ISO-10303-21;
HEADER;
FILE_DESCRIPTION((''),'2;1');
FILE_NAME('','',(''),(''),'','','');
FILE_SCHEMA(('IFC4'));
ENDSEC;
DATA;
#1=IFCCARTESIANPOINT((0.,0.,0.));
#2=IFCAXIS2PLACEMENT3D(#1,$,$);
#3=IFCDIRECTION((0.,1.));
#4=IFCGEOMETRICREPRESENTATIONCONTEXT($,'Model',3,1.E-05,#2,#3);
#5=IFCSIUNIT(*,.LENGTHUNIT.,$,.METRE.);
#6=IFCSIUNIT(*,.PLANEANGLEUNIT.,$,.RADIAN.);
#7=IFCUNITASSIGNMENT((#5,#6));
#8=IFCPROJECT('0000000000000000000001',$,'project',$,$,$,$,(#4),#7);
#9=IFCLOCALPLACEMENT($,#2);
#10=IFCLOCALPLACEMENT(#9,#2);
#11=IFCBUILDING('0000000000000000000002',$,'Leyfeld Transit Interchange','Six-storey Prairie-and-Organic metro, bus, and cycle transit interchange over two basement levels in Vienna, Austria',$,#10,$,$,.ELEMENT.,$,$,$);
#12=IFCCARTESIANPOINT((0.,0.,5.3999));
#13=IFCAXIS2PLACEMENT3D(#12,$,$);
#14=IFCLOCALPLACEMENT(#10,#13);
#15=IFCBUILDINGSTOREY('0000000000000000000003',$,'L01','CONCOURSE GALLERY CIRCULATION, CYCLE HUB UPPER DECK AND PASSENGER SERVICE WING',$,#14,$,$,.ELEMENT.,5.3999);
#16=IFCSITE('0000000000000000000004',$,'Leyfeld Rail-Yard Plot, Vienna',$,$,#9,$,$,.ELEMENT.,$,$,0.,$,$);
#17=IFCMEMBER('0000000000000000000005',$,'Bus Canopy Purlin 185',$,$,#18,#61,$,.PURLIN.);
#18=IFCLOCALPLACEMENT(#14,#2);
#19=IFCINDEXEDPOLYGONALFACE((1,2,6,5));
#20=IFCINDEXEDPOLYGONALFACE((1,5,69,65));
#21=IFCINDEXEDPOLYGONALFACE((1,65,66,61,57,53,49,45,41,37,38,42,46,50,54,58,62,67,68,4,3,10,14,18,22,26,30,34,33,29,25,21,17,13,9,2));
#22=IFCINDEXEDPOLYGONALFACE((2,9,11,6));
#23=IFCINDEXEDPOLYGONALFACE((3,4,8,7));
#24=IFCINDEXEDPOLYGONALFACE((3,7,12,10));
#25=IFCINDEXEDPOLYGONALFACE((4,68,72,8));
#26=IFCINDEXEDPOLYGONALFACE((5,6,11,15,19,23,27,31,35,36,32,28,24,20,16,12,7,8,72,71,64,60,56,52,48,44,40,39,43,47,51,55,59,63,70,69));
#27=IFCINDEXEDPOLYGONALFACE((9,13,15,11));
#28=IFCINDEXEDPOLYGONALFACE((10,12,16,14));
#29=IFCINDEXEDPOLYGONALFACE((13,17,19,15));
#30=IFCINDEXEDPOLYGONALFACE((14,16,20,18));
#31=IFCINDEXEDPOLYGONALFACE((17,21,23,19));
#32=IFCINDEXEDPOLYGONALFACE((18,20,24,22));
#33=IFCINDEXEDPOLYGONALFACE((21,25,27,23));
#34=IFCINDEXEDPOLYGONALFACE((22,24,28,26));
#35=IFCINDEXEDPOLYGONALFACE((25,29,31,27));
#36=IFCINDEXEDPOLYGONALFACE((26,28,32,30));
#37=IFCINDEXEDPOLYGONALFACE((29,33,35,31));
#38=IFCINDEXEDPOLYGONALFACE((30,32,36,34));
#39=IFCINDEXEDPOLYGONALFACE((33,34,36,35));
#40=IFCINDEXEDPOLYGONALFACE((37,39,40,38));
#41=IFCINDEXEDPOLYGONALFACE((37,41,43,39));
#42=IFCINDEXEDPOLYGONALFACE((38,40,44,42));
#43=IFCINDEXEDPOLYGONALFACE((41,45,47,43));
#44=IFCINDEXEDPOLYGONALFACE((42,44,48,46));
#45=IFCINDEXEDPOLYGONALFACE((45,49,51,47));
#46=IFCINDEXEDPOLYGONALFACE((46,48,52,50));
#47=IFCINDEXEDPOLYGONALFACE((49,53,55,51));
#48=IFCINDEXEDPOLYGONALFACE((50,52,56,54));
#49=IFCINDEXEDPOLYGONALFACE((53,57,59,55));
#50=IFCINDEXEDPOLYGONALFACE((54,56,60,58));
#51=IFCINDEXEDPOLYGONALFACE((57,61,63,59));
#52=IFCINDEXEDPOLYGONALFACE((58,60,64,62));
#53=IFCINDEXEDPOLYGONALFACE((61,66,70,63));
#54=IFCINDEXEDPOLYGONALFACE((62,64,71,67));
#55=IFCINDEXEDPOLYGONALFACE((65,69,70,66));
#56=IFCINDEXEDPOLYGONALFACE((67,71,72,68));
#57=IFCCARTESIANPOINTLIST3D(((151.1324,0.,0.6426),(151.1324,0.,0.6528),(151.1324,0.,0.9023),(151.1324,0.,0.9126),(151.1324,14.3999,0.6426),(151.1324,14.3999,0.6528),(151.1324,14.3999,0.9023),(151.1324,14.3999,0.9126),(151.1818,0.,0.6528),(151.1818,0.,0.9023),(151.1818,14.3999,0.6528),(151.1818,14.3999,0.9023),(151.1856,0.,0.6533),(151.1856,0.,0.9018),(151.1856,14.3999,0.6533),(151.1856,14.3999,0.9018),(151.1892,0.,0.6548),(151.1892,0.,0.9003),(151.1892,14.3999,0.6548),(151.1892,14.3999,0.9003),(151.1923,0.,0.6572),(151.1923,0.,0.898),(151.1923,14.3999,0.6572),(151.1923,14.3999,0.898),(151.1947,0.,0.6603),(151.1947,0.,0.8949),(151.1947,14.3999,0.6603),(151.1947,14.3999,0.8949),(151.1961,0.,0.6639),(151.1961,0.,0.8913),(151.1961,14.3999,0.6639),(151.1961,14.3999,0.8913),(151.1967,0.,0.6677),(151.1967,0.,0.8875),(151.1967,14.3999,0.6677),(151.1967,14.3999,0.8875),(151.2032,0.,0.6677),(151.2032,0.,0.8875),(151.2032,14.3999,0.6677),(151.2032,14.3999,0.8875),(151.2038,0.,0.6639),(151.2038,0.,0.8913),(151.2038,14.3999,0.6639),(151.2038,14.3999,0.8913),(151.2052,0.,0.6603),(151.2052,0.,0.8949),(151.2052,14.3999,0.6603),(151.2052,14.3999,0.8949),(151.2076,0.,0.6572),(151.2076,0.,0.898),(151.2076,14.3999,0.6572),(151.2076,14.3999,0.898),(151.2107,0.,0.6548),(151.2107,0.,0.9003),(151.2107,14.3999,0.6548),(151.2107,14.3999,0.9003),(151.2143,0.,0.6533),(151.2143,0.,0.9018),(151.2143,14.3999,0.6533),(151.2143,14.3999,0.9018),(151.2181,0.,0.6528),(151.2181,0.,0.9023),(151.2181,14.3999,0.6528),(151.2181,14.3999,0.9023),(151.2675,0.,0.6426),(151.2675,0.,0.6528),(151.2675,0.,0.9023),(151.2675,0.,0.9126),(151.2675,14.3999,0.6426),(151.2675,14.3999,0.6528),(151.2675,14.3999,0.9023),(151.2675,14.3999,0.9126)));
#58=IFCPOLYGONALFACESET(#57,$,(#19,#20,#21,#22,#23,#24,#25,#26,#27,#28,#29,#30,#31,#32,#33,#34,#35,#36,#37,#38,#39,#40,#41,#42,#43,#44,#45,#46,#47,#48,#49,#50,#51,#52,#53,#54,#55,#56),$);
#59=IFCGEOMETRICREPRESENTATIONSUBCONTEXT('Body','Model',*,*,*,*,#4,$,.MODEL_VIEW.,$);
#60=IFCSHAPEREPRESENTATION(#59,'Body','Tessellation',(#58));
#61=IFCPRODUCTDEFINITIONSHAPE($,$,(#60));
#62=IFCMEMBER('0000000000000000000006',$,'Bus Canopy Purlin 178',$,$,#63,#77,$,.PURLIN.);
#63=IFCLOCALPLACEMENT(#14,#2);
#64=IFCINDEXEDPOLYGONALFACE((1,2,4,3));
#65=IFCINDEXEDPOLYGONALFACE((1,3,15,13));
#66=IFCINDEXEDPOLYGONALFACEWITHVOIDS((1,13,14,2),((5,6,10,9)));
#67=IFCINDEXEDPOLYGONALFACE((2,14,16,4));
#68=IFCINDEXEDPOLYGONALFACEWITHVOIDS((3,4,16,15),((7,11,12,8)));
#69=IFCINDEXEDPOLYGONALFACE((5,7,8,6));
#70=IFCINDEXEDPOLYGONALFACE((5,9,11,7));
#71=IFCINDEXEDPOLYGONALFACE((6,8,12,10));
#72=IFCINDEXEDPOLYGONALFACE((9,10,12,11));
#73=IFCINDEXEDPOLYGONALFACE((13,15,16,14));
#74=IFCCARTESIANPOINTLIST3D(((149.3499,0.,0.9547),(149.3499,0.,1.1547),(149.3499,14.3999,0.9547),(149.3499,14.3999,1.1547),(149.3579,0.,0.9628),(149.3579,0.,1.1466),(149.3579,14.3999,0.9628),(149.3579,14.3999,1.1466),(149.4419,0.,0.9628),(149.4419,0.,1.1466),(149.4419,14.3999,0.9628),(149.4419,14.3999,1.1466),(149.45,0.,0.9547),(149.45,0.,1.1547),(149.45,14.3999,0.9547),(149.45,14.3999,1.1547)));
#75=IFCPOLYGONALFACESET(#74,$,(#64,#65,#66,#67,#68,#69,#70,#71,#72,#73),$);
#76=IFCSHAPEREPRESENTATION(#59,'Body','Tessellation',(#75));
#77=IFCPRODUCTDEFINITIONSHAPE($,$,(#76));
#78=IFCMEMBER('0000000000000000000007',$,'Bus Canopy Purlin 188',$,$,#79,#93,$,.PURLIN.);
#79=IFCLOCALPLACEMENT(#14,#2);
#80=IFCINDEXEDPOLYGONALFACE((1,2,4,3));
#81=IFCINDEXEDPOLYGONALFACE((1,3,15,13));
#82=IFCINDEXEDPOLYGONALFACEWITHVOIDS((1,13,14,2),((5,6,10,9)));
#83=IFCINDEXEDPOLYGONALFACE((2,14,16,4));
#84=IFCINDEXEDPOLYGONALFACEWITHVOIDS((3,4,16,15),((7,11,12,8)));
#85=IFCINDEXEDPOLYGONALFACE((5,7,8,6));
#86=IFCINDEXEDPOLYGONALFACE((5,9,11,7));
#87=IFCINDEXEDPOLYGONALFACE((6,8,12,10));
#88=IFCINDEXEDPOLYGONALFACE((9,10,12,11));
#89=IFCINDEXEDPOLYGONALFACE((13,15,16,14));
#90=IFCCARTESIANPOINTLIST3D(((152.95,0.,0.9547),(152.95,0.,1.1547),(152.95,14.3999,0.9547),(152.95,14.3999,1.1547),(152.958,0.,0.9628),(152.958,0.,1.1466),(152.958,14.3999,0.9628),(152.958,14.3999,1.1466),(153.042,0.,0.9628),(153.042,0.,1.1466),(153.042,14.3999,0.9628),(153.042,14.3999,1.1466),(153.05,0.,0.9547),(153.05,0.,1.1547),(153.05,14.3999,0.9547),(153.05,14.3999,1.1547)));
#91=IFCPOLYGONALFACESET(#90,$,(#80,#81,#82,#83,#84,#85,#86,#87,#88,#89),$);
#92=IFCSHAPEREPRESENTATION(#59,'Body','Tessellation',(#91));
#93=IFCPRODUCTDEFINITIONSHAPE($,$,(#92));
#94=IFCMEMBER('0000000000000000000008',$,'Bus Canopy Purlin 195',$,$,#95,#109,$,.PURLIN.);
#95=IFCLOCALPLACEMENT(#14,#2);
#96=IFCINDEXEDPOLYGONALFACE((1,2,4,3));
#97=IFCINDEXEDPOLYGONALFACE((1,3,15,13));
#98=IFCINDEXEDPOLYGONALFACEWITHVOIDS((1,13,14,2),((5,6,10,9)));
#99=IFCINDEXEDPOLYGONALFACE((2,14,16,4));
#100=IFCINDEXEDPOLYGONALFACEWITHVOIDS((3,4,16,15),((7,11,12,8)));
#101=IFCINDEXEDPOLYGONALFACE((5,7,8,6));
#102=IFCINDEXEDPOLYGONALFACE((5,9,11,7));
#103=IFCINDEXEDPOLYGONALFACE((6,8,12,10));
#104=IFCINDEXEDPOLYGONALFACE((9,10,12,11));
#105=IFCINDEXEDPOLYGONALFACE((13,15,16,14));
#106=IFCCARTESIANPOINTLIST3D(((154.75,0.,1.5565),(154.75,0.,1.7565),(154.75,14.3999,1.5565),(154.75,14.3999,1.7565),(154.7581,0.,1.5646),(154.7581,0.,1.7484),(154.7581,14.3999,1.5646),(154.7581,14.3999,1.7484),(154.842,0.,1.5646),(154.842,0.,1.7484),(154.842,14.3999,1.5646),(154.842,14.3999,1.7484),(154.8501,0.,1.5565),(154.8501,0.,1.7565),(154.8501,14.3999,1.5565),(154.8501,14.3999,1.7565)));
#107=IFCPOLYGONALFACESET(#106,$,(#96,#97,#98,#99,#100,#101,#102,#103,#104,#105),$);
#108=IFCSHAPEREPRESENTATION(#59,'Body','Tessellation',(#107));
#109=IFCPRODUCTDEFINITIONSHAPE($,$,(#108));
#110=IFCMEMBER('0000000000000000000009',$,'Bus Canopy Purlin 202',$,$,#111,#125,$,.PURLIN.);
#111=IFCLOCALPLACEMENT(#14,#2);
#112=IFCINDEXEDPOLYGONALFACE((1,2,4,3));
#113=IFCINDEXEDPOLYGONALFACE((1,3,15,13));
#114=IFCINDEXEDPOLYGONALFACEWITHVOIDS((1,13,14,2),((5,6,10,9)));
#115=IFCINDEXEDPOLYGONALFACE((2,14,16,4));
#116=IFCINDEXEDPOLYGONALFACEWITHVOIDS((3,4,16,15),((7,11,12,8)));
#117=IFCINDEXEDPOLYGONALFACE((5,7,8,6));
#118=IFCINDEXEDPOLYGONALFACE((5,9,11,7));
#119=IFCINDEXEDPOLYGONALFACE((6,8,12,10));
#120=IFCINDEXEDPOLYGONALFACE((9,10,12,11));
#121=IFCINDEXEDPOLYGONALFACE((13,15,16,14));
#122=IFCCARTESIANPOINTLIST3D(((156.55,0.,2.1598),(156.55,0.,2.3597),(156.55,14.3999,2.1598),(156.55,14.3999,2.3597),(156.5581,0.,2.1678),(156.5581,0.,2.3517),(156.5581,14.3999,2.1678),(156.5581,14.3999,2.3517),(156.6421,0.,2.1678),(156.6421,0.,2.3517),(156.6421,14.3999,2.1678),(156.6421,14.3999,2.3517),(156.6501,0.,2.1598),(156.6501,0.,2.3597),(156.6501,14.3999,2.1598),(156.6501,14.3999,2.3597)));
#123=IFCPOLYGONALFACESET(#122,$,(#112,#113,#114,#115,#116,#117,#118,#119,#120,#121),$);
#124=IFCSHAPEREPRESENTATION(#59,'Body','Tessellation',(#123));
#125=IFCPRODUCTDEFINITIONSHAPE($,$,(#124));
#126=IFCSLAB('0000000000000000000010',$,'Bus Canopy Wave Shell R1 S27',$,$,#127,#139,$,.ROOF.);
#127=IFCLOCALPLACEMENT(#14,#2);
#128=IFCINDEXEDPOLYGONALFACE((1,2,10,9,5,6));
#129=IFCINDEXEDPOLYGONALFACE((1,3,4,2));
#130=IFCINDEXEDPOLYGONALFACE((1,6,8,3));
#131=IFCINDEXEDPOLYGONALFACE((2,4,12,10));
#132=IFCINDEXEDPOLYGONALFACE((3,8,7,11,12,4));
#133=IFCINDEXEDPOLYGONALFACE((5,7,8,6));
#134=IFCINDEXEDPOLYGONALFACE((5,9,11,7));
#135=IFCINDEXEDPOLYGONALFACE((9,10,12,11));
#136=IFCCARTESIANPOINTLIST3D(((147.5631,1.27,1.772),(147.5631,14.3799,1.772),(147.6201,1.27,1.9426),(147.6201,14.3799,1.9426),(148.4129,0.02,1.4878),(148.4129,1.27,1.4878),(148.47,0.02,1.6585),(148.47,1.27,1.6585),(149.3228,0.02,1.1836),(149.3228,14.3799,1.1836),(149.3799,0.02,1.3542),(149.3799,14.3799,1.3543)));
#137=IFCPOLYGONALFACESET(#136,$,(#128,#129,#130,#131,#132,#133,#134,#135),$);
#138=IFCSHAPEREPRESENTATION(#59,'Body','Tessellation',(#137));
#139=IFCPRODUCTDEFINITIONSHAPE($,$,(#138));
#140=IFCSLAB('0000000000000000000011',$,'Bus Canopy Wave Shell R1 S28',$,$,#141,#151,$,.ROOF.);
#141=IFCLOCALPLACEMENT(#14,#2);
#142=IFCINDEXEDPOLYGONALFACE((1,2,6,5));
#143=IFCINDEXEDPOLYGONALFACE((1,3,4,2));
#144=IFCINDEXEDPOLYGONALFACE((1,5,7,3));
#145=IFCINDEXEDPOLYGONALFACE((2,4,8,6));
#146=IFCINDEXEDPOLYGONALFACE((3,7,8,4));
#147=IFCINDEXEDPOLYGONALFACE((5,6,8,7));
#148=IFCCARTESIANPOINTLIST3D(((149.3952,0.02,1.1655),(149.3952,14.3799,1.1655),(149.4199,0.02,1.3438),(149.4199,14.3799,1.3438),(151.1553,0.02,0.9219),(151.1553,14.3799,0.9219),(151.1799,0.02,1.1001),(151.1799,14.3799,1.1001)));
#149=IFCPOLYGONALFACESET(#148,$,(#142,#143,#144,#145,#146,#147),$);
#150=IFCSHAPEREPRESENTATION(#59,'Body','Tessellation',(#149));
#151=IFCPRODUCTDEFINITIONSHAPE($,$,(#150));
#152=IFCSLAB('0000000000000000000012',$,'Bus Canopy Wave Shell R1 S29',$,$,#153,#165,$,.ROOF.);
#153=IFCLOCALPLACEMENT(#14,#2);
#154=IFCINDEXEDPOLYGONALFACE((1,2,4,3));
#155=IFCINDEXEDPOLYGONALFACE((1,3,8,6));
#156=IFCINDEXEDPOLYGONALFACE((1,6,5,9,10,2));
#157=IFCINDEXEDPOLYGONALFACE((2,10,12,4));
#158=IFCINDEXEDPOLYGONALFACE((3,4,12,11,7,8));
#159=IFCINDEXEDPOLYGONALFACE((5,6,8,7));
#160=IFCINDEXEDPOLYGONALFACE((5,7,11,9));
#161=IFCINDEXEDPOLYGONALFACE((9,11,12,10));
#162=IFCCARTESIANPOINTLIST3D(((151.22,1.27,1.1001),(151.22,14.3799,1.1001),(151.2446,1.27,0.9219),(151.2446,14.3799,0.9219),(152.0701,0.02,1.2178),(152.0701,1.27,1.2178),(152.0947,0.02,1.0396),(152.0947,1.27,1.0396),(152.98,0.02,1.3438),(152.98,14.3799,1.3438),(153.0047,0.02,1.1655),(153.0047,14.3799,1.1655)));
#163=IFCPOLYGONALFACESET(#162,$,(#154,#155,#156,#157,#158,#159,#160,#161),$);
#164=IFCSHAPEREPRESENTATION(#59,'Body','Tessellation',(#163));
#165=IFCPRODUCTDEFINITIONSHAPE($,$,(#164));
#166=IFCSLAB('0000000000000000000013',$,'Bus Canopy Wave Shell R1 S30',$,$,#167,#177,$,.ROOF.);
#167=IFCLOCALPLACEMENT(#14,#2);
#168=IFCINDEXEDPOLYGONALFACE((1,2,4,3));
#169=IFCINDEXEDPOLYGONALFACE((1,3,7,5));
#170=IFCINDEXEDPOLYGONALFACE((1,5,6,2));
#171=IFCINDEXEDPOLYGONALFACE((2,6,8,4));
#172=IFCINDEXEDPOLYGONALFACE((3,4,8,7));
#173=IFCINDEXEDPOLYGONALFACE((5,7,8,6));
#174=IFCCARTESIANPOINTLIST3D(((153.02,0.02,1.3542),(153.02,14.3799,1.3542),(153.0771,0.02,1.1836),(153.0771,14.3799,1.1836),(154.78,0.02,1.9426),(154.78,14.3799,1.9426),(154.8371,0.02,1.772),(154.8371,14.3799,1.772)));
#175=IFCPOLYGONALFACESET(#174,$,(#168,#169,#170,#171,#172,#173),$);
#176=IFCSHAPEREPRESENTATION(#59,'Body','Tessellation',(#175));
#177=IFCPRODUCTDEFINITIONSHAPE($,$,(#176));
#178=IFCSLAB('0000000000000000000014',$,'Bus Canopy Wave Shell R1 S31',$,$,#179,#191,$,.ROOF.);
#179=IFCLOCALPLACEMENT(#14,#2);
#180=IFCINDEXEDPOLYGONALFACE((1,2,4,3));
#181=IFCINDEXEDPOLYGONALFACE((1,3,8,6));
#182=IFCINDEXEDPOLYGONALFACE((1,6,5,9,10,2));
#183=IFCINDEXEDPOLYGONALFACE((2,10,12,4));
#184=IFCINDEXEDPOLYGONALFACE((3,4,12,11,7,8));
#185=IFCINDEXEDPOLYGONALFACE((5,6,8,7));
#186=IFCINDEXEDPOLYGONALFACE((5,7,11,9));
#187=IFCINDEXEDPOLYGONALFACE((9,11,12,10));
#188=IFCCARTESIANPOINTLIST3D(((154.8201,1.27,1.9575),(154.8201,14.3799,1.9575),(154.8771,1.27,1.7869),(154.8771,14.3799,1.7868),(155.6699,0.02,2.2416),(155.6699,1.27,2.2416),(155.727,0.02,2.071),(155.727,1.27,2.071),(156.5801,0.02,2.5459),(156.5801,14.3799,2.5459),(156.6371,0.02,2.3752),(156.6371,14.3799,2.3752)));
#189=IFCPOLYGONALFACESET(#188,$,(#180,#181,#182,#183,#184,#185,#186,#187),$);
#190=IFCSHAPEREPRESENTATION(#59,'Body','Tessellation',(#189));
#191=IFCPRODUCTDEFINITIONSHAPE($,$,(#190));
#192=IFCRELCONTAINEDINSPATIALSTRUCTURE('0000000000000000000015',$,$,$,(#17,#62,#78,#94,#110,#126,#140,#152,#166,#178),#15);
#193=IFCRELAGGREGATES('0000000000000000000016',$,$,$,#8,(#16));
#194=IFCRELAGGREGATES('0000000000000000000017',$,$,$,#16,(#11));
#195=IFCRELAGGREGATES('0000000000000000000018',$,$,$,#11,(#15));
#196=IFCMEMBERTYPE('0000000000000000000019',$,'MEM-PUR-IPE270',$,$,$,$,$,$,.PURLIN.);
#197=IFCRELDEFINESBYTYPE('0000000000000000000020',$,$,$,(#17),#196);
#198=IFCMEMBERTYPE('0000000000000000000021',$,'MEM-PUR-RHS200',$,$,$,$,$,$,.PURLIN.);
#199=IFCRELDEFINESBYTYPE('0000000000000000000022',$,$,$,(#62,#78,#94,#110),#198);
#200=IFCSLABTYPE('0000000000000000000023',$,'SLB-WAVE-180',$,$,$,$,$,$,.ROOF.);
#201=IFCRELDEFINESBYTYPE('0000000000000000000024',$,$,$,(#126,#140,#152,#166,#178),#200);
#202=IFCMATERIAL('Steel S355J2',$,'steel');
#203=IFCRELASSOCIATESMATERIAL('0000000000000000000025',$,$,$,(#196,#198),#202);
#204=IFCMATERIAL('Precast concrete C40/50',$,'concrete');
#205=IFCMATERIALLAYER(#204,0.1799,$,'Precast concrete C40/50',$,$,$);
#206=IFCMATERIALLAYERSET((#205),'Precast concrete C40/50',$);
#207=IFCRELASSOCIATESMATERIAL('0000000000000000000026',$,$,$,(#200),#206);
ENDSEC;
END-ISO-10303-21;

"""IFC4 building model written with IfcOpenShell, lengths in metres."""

from ifc_helpers import new_model, si_unit, direction, frame, origin, origin_2d, place, context, subcontext, project, spatial, polyline, hollow_rectangle, i_section, outline, extrude, material, layer, layer_set, material_profile, profile_set, type_object, element, save


model = new_model("IFC4")

# Units and contexts
model_context = context("Model", 3, precision=1e-05, world=origin(), true_north=direction((0.0, 1.0)))
body_context = subcontext(model_context, "Body", "Model", "MODEL_VIEW")
ifc_project = project(units=[si_unit("LENGTHUNIT", "METRE"), si_unit("PLANEANGLEUNIT", "RADIAN")], contexts=[model_context])

# Site, building, storey
site_placement = place(None, origin())
site = spatial("IfcSite", under=ifc_project, at=site_placement, Name="Leyfeld Rail-Yard Plot, Vienna", CompositionType="ELEMENT", RefElevation=0.0)
building_placement = place(site_placement, origin())
building = spatial("IfcBuilding", under=site, at=building_placement, Name="Leyfeld Transit Interchange", Description="Six-storey Prairie-and-Organic metro, bus, and cycle transit interchange over two basement levels in Vienna, Austria", CompositionType="ELEMENT")
storey_placement = place(building_placement, frame((0.0, 0.0, 5.3999)))
storey = spatial("IfcBuildingStorey", under=building, at=storey_placement, Name="L01", Description="CONCOURSE GALLERY CIRCULATION, CYCLE HUB UPPER DECK AND PASSENGER SERVICE WING", CompositionType="ELEMENT", Elevation=5.3999)

# Members
ifc_material_1 = material(Name="Steel S355J2", Category="steel")
ifc_material_profile_1 = material_profile(ifc_material_1, i_section(OverallWidth=0.135, OverallDepth=0.27, WebThickness=0.0066, FlangeThickness=0.0103, FilletRadius=0.0149, at=origin_2d()), Name="IPE 270")
ifc_profile_set_1 = profile_set([ifc_material_profile_1], Name="Steel S355J2")
member_type_1 = type_object("IfcMemberType", Name="MEM-PUR-IPE270", PredefinedType="PURLIN", material=ifc_profile_set_1)
member_1_placement = place(storey_placement, frame((151.2, 0.0, 0.7776), z_axis=(0.0, 1.0, 0.0), x_axis=(-1.0, 0.0, 0.0)))
element("IfcMember", 1, at=member_1_placement, inside=storey, type_object=member_type_1, Name="Bus Canopy Purlin 185", PredefinedType="PURLIN", context=body_context, shape_type="SweptSolid", body=[
    extrude(i_section(OverallWidth=0.135, OverallDepth=0.27, WebThickness=0.0066, FlangeThickness=0.0103, FilletRadius=0.0149, at=origin_2d()), origin(), (0.0, 0.0, 1.0), 14.3999),
])
ifc_material_profile_2 = material_profile(ifc_material_1, hollow_rectangle(XDim=0.1001, YDim=0.2, WallThickness=0.0081, at=origin_2d()), Name="RHS 200x100x8")
ifc_profile_set_2 = profile_set([ifc_material_profile_2], Name="Steel S355J2")
member_type_2 = type_object("IfcMemberType", Name="MEM-PUR-RHS200", PredefinedType="PURLIN", material=ifc_profile_set_2)
for number, where, z_axis, x_axis, name in (
    (2, (149.3999, 0.0, 1.0547), (0.0, 1.0, 0.0), (-1.0, 0.0, 0.0), "Bus Canopy Purlin 178"),
    (3, (153.0, 0.0, 1.0547), (0.0, 1.0, 0.0), (-1.0, 0.0, 0.0), "Bus Canopy Purlin 188"),
    (4, (154.8, 0.0, 1.6565), (0.0, 1.0, 0.0), (-1.0, 0.0, 0.0), "Bus Canopy Purlin 195"),
    (5, (156.6001, 0.0, 2.2598), (0.0, 1.0, 0.0), (-1.0, 0.0, 0.0), "Bus Canopy Purlin 202"),
):
    element("IfcMember", number, at=place(storey_placement, frame(where, z_axis=z_axis, x_axis=x_axis)), inside=storey, type_object=member_type_2, Name=name, PredefinedType="PURLIN", context=body_context, shape_type="SweptSolid", body=[
        extrude(hollow_rectangle(XDim=0.1001, YDim=0.2, WallThickness=0.0081, at=origin_2d()), origin(), (0.0, 0.0, 1.0), 14.3999),
    ])

# Slabs
ifc_material_2 = material(Name="Precast concrete C40/50", Category="concrete")
ifc_layer = layer(ifc_material_2, 0.1799, Name="Precast concrete C40/50")
ifc_layer_set = layer_set([ifc_layer], Name="Precast concrete C40/50")
slab_type = type_object("IfcSlabType", Name="SLB-WAVE-180", PredefinedType="ROOF", material=ifc_layer_set)
slab_1_placement = place(storey_placement, frame((147.6201, 1.27, 1.9426), z_axis=(0.317095, -0.000001, 0.948394), x_axis=(0.948394, 0.0, -0.317095)))
element("IfcSlab", 6, at=slab_1_placement, inside=storey, type_object=slab_type, Name="Bus Canopy Wave Shell R1 S27", PredefinedType="ROOF", context=body_context, shape_type="SweptSolid", body=[
    extrude(outline(polyline([(0.0, 0.0), (0.8961, 0.0), (0.8961, -1.25), (1.8555, -1.25), (1.8555, 13.1099), (0.0, 13.1099), (0.0, 0.0)])), origin(), (0.0, 0.0, -1.0), 0.1799),
])
slab_2_placement = place(storey_placement, frame((149.4199, 0.02, 1.3438), z_axis=(0.13713, 0.0, 0.990553), x_axis=(0.990553, 0.0, -0.13713)))
element("IfcSlab", 7, at=slab_2_placement, inside=storey, type_object=slab_type, Name="Bus Canopy Wave Shell R1 S28", PredefinedType="ROOF", context=body_context, shape_type="SweptSolid", body=[
    extrude(outline(polyline([(0.0, 0.0), (1.7768, 0.0), (1.7768, 14.3599), (0.0, 14.3599), (0.0, 0.0)])), origin(), (0.0, 0.0, -1.0), 0.1799),
])
slab_3_placement = place(storey_placement, frame((151.22, 1.27, 1.1001), z_axis=(-0.137131, 0.0, 0.990553), x_axis=(0.990553, 0.0, 0.137131)))
element("IfcSlab", 8, at=slab_3_placement, inside=storey, type_object=slab_type, Name="Bus Canopy Wave Shell R1 S29", PredefinedType="ROOF", context=body_context, shape_type="SweptSolid", body=[
    extrude(outline(polyline([(0.0, 0.0), (0.8582, 0.0), (0.8582, -1.25), (1.7768, -1.25), (1.7768, 13.1099), (0.0, 13.1099), (0.0, 0.0)])), origin(), (0.0, 0.0, -1.0), 0.1799),
])
slab_4_placement = place(storey_placement, frame((153.02, 0.02, 1.3542), z_axis=(-0.317056, 0.0, 0.948407), x_axis=(0.948407, 0.0, 0.317056)))
element("IfcSlab", 9, at=slab_4_placement, inside=storey, type_object=slab_type, Name="Bus Canopy Wave Shell R1 S30", PredefinedType="ROOF", context=body_context, shape_type="SweptSolid", body=[
    extrude(outline(polyline([(0.0, 0.0), (1.8558, 0.0), (1.8558, 14.3599), (0.0, 14.3599), (0.0, 0.0)])), origin(), (0.0, 0.0, -1.0), 0.1799),
])
slab_5_placement = place(storey_placement, frame((154.8201, 1.27, 1.9575), z_axis=(-0.317053, 0.000002, 0.948408), x_axis=(0.948408, 0.0, 0.317053)))
element("IfcSlab", 10, at=slab_5_placement, inside=storey, type_object=slab_type, Name="Bus Canopy Wave Shell R1 S31", PredefinedType="ROOF", context=body_context, shape_type="SweptSolid", body=[
    extrude(outline(polyline([(0.0, 0.0), (0.8961, 0.0), (0.8961, -1.25), (1.8558, -1.25), (1.8558, 13.1099), (0.0, 13.1099), (0.0, 0.0)])), origin(), (0.0, 0.0, -1.0), 0.1799),
])

save(model, "model.ifc")
